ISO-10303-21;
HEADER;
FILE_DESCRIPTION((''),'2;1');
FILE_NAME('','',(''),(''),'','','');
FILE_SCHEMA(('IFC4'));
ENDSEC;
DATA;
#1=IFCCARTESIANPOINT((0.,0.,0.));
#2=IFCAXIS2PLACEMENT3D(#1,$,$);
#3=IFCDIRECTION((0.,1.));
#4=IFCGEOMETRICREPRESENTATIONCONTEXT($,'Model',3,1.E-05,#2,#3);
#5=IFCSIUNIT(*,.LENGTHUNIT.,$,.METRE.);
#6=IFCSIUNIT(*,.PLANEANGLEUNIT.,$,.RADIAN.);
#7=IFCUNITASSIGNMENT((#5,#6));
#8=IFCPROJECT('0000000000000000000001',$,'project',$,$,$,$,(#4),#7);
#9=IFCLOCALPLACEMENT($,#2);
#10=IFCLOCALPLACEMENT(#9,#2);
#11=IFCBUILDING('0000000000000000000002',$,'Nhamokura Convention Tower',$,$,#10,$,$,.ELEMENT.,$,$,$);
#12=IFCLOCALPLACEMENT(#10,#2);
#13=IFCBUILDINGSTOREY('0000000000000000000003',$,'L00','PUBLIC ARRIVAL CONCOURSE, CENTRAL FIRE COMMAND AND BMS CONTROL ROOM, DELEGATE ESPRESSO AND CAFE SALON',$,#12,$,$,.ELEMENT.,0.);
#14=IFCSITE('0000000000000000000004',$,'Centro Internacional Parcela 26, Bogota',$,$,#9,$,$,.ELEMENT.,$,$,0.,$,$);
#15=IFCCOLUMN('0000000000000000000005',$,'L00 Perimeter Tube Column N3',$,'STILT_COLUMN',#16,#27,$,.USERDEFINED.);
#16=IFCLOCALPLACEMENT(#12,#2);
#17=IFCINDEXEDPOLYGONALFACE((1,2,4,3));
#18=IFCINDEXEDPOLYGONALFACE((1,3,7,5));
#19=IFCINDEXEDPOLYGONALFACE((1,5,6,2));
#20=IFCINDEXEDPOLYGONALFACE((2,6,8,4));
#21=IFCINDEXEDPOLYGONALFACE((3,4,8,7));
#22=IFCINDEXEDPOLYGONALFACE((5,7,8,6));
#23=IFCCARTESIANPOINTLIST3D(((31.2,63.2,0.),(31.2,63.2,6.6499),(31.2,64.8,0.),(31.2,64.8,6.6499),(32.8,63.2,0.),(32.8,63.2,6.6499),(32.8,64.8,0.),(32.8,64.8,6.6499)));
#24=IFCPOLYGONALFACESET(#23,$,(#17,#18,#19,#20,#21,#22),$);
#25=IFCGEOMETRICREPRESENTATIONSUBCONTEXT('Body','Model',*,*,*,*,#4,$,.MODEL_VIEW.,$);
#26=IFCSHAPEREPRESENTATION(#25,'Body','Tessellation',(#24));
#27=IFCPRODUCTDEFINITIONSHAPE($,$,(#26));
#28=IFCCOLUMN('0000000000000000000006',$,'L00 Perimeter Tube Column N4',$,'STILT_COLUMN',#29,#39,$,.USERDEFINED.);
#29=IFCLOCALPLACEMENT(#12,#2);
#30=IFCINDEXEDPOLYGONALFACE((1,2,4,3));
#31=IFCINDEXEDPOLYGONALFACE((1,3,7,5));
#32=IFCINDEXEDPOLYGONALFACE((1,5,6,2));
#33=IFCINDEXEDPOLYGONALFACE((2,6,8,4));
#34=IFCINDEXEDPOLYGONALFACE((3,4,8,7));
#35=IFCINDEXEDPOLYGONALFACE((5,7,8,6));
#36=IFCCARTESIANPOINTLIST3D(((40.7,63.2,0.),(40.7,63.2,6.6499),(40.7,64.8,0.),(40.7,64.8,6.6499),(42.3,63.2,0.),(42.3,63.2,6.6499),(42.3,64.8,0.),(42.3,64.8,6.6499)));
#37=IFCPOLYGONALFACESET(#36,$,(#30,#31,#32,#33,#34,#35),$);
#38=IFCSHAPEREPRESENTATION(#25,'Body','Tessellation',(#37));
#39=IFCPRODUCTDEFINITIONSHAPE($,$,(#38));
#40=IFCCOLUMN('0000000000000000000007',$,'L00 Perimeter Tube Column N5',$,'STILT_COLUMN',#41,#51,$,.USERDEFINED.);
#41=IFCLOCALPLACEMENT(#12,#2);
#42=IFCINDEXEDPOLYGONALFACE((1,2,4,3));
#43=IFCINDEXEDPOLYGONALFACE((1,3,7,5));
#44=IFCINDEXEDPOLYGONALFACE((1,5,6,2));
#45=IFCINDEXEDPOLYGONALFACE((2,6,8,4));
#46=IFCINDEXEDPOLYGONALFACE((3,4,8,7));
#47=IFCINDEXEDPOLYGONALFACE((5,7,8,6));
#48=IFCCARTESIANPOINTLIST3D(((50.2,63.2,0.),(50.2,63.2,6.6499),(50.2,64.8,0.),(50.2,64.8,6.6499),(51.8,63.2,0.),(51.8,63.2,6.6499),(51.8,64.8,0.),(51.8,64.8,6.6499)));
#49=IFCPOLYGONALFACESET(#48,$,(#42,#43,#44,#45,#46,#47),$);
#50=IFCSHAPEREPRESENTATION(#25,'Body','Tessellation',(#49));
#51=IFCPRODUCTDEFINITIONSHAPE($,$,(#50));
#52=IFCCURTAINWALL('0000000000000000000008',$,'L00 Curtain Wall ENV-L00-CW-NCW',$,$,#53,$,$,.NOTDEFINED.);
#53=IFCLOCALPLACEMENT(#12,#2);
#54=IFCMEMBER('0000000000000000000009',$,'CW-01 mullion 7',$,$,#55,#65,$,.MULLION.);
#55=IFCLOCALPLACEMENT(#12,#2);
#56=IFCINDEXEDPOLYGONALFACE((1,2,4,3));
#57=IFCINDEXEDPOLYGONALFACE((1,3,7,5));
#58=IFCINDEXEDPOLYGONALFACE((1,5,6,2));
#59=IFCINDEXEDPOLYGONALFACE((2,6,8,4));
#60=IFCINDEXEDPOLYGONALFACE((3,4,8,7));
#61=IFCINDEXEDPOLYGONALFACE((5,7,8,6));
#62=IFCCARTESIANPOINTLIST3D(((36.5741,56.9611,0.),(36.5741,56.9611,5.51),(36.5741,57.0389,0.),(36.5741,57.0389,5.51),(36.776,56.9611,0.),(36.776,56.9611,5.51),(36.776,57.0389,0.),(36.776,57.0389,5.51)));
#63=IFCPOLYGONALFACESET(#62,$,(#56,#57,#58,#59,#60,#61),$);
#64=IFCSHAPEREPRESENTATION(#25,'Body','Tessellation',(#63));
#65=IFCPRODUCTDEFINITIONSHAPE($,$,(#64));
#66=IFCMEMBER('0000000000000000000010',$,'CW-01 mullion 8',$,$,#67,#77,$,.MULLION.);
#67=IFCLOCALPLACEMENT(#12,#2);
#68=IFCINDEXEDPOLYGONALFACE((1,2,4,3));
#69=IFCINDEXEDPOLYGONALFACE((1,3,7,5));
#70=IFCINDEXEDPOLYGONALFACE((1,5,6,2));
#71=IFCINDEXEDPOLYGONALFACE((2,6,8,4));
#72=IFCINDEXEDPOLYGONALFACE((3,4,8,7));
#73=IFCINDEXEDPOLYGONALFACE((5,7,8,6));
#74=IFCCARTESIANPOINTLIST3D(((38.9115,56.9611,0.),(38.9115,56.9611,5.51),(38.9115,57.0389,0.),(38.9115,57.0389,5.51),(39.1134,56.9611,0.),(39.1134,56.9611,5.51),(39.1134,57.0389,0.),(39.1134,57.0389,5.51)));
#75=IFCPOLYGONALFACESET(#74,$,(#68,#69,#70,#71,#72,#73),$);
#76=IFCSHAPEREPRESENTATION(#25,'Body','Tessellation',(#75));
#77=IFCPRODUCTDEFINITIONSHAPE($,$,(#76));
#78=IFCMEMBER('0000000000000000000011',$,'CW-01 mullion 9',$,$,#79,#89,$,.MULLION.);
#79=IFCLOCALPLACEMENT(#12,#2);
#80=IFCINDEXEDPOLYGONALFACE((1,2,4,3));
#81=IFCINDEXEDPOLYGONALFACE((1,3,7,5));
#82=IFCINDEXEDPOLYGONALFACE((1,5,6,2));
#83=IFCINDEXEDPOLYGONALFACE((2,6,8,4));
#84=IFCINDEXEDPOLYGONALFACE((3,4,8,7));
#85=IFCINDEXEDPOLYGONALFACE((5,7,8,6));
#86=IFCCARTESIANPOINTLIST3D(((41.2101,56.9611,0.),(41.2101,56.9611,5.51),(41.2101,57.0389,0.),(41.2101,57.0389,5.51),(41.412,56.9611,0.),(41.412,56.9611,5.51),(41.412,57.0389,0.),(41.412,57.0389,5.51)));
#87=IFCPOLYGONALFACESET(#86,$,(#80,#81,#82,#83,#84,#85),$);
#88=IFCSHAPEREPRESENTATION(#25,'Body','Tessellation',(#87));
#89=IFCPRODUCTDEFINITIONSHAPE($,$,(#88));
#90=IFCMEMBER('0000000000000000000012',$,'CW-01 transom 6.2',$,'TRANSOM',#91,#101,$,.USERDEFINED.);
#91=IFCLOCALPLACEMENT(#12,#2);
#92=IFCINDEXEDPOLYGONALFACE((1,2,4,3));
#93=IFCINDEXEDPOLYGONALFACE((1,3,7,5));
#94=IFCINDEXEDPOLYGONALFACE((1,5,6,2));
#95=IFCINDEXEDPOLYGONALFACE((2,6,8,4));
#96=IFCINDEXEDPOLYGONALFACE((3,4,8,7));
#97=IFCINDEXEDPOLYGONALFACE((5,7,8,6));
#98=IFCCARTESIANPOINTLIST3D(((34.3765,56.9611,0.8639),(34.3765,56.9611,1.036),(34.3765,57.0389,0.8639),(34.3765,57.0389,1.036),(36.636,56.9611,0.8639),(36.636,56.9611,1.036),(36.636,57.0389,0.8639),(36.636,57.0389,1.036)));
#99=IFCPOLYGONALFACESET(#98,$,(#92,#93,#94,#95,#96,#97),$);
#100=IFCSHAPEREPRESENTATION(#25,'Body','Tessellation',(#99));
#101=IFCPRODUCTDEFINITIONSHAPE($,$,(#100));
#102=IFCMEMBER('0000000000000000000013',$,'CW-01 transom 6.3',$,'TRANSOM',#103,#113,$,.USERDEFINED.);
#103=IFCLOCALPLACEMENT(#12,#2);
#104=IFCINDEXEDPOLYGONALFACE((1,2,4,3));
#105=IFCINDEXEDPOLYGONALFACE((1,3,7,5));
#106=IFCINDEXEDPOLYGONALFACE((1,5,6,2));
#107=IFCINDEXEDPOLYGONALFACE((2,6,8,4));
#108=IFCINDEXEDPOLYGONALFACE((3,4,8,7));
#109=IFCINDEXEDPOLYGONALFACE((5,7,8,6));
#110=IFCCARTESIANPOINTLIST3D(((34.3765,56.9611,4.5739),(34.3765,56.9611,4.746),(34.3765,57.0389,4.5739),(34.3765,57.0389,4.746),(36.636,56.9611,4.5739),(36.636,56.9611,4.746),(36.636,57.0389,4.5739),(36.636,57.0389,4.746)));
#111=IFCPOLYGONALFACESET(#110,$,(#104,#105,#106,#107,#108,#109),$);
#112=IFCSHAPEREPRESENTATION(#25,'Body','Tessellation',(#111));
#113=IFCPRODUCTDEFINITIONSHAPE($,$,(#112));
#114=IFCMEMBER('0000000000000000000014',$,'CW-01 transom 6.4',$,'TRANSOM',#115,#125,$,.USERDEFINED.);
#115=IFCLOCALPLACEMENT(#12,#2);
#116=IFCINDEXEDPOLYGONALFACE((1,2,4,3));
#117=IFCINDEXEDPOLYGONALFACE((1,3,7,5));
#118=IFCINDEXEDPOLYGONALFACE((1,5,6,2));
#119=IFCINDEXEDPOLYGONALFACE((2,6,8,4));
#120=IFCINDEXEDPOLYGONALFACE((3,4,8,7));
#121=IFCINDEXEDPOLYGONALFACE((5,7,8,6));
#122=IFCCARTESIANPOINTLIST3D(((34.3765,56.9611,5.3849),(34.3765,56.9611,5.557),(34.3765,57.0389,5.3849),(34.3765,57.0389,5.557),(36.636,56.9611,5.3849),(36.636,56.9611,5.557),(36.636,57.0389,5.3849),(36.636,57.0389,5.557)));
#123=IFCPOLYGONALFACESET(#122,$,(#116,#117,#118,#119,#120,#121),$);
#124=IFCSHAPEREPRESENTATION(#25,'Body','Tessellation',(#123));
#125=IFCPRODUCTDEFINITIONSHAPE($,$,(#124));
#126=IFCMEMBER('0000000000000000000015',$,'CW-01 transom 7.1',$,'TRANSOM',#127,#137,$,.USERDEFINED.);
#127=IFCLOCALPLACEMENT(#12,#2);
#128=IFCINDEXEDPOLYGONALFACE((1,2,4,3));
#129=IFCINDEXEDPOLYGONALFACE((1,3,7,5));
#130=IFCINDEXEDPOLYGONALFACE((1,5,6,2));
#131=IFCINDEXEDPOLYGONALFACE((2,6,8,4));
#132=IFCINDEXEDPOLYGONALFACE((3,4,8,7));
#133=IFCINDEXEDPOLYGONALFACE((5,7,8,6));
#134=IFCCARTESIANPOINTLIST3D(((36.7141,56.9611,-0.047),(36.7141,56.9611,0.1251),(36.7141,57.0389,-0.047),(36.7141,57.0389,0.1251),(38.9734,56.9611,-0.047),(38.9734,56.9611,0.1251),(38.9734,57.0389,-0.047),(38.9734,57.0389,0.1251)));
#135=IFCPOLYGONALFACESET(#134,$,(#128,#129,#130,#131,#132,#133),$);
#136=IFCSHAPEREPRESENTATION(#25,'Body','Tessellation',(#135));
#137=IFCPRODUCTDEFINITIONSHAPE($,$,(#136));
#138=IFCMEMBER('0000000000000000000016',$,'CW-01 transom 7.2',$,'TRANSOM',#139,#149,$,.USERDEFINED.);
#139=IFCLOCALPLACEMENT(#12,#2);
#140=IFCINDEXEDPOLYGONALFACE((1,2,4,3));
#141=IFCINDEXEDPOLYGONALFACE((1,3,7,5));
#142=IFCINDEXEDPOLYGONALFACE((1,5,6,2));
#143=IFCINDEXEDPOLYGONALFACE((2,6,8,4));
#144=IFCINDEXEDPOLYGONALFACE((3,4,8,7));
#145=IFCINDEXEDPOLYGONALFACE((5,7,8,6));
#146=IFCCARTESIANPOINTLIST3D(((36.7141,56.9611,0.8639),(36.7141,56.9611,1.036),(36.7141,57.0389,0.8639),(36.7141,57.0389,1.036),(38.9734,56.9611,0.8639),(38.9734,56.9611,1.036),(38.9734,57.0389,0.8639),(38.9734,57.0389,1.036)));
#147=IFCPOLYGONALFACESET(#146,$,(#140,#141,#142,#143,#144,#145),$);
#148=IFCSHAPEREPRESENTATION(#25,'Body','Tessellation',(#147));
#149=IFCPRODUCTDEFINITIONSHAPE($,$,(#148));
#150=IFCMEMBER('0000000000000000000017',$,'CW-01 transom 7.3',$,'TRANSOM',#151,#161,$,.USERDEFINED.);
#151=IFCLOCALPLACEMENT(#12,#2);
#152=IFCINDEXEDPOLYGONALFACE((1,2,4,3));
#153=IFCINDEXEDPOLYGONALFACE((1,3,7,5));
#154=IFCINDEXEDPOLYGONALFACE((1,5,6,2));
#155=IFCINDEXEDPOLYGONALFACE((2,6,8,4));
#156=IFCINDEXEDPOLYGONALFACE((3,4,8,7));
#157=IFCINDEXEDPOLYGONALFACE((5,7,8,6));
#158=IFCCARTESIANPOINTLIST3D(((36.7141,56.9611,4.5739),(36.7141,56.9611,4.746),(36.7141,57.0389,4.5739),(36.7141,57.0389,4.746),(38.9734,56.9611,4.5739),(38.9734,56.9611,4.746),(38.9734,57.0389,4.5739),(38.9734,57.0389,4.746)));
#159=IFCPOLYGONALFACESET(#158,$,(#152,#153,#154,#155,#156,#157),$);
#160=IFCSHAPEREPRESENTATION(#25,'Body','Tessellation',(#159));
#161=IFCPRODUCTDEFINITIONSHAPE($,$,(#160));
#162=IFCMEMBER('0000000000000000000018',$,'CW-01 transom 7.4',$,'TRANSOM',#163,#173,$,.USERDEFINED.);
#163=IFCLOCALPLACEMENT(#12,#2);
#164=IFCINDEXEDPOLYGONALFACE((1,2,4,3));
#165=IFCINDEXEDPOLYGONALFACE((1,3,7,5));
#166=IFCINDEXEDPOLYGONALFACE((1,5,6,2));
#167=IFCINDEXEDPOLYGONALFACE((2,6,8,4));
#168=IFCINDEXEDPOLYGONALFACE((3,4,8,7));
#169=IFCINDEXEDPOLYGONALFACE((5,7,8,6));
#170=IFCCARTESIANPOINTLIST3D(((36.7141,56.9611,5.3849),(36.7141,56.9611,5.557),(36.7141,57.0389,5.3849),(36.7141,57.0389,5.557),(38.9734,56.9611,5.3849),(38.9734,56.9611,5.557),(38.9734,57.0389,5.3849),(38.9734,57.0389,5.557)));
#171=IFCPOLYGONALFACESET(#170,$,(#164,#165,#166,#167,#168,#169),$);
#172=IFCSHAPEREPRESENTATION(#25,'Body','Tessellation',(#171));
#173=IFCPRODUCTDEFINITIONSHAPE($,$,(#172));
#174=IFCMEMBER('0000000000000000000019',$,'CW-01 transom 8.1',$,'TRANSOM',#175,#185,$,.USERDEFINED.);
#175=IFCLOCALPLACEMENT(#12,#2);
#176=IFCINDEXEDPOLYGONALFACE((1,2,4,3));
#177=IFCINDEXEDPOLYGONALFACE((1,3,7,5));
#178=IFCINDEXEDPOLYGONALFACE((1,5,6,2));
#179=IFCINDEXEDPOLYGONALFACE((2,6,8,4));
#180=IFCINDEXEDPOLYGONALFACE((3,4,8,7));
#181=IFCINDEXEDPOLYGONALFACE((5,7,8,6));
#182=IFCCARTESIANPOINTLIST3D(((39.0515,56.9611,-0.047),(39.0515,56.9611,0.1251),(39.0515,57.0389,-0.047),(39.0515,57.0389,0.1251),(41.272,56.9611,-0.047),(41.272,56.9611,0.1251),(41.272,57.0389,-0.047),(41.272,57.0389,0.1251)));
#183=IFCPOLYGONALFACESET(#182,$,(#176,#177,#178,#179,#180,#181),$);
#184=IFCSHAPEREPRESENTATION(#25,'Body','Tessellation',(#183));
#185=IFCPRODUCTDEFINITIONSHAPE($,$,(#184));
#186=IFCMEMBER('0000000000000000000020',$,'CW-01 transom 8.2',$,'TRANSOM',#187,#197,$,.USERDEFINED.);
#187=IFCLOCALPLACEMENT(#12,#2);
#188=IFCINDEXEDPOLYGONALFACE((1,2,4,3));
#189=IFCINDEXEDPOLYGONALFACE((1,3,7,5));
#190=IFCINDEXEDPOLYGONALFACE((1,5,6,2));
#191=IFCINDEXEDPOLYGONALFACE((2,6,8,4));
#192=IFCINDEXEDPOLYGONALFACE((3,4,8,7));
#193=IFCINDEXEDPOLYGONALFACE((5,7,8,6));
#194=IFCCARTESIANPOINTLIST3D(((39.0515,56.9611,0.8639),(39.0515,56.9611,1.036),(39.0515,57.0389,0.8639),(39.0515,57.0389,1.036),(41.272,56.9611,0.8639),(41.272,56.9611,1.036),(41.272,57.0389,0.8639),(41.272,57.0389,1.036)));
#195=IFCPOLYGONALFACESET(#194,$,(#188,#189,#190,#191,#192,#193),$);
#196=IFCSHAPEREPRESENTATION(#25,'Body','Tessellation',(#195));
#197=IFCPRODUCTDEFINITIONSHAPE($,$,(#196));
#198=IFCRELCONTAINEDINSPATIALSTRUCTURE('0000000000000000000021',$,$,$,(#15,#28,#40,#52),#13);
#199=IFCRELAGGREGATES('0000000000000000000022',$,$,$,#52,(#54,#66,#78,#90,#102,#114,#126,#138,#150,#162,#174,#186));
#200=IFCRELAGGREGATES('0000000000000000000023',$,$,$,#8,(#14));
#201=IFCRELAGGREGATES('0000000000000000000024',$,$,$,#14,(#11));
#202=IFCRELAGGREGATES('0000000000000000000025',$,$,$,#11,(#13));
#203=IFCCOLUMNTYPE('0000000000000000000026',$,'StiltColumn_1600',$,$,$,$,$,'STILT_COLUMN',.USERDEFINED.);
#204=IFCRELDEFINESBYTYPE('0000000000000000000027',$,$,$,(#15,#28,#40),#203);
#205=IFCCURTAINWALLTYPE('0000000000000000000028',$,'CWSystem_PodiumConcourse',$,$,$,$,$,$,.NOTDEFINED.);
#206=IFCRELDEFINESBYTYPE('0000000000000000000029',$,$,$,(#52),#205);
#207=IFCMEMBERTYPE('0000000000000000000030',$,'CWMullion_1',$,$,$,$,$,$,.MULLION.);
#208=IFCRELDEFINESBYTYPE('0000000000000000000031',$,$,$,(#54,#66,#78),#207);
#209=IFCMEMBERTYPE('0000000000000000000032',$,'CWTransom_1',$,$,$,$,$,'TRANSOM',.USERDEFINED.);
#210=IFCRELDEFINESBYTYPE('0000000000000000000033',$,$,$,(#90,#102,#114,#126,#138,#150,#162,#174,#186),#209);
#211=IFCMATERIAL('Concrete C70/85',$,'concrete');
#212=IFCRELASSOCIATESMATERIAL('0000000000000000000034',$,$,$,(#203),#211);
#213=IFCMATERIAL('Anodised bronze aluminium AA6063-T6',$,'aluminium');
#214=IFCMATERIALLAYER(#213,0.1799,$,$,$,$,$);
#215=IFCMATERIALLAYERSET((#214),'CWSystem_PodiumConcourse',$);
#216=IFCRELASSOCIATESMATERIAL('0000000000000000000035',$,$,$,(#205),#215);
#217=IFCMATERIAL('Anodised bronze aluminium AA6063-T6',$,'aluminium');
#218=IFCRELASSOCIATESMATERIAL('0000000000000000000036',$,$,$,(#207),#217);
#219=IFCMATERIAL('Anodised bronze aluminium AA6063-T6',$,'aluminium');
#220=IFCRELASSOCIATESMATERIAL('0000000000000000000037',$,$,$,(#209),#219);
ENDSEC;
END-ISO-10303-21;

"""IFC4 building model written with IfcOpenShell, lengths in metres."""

from ifc_helpers import new_model, si_unit, direction, frame, origin, origin_2d, place, context, subcontext, project, spatial, rectangle, extrude, material, layer, layer_set, material_profile, profile_set, type_object, element, aggregate, save


model = new_model("IFC4")

# Units and contexts
model_context = context("Model", 3, precision=1e-05, world=origin(), true_north=direction((0.0, 1.0)))
body_context = subcontext(model_context, "Body", "Model", "MODEL_VIEW")
ifc_project = project(units=[si_unit("LENGTHUNIT", "METRE"), si_unit("PLANEANGLEUNIT", "RADIAN")], contexts=[model_context])

# Site, building, storey
site_placement = place(None, origin())
site = spatial("IfcSite", under=ifc_project, at=site_placement, Name="Centro Internacional Parcela 26, Bogota", CompositionType="ELEMENT", RefElevation=0.0)
building_placement = place(site_placement, origin())
building = spatial("IfcBuilding", under=site, at=building_placement, Name="Nhamokura Convention Tower", CompositionType="ELEMENT")
storey_placement = place(building_placement, origin())
storey = spatial("IfcBuildingStorey", under=building, at=storey_placement, Name="L00", Description="PUBLIC ARRIVAL CONCOURSE, CENTRAL FIRE COMMAND AND BMS CONTROL ROOM, DELEGATE ESPRESSO AND CAFE SALON", CompositionType="ELEMENT", Elevation=0.0)

# Columns
ifc_material_1 = material(Name="Concrete C70/85", Category="concrete")
ifc_material_profile_1 = material_profile(ifc_material_1, rectangle(XDim=1.6001, YDim=1.6001, at=origin_2d()))
ifc_profile_set_1 = profile_set([ifc_material_profile_1], Name="Concrete C70/85")
column_type = type_object("IfcColumnType", Name="StiltColumn_1600", ElementType="STILT_COLUMN", PredefinedType="USERDEFINED", material=ifc_profile_set_1)
for number, where, z_axis, x_axis, name in (
    (1, (32.0, 64.0, 0.0), (0.0, 0.0, 1.0), (1.0, 0.0, 0.0), "L00 Perimeter Tube Column N3"),
    (2, (41.5, 64.0, 0.0), (0.0, 0.0, 1.0), (1.0, 0.0, 0.0), "L00 Perimeter Tube Column N4"),
    (3, (51.0, 64.0, 0.0), (0.0, 0.0, 1.0), (1.0, 0.0, 0.0), "L00 Perimeter Tube Column N5"),
):
    element("IfcColumn", number, at=place(storey_placement, frame(where, z_axis=z_axis, x_axis=x_axis)), inside=storey, type_object=column_type, Name=name, ObjectType="STILT_COLUMN", PredefinedType="USERDEFINED", context=body_context, shape_type="SweptSolid", body=[
        extrude(rectangle(XDim=1.6001, YDim=1.6001, at=origin_2d()), origin(), (0.0, 0.0, 1.0), 6.6499),
    ])

# Curtain wall, members
ifc_material_2 = material(Name="Anodised bronze aluminium AA6063-T6", Category="aluminium")
ifc_layer_1 = layer(ifc_material_2, 0.1799)
ifc_layer_set_1 = layer_set([ifc_layer_1], Name="CWSystem_PodiumConcourse")
curtain_wall_type = type_object("IfcCurtainWallType", Name="CWSystem_PodiumConcourse", PredefinedType="NOTDEFINED", material=ifc_layer_set_1)
curtain_wall_placement = place(storey_placement, origin())
curtain_wall = element("IfcCurtainWall", 4, at=curtain_wall_placement, inside=storey, type_object=curtain_wall_type, Name="L00 Curtain Wall ENV-L00-CW-NCW", PredefinedType="NOTDEFINED")
ifc_material_3 = material(Name="Anodised bronze aluminium AA6063-T6", Category="aluminium")
ifc_material_profile_2 = material_profile(ifc_material_3, rectangle(XDim=0.0779, YDim=0.2019, at=origin_2d()))
ifc_profile_set_2 = profile_set([ifc_material_profile_2], Name="Anodised bronze aluminium AA6063-T6")
member_type_1 = type_object("IfcMemberType", Name="CWMullion_1", PredefinedType="MULLION", material=ifc_profile_set_2)
member_1_placement = place(storey_placement, frame((36.675, 57.0, 0.0), z_axis=(0.0, 0.0, 1.0), x_axis=(0.0, 1.0, 0.0)))
member_1 = element("IfcMember", 5, at=member_1_placement, type_object=member_type_1, Name="CW-01 mullion 7", PredefinedType="MULLION", context=body_context, shape_type="SweptSolid", body=[
    extrude(rectangle(XDim=0.0779, YDim=0.2019, at=origin_2d()), origin(), (0.0, 0.0, 1.0), 5.51),
])
member_2_placement = place(storey_placement, frame((39.0125, 57.0, 0.0), z_axis=(0.0, 0.0, 1.0), x_axis=(0.0, 1.0, 0.0)))
member_2 = element("IfcMember", 6, at=member_2_placement, type_object=member_type_1, Name="CW-01 mullion 8", PredefinedType="MULLION", context=body_context, shape_type="SweptSolid", body=[
    extrude(rectangle(XDim=0.0779, YDim=0.2019, at=origin_2d()), origin(), (0.0, 0.0, 1.0), 5.51),
])
member_3_placement = place(storey_placement, frame((41.311, 57.0, 0.0), z_axis=(0.0, 0.0, 1.0), x_axis=(0.0, 1.0, 0.0)))
member_3 = element("IfcMember", 7, at=member_3_placement, type_object=member_type_1, Name="CW-01 mullion 9", PredefinedType="MULLION", context=body_context, shape_type="SweptSolid", body=[
    extrude(rectangle(XDim=0.0779, YDim=0.2019, at=origin_2d()), origin(), (0.0, 0.0, 1.0), 5.51),
])
ifc_material_4 = material(Name="Anodised bronze aluminium AA6063-T6", Category="aluminium")
ifc_material_profile_3 = material_profile(ifc_material_4, rectangle(XDim=0.0779, YDim=0.1721, at=origin_2d()))
ifc_profile_set_3 = profile_set([ifc_material_profile_3], Name="Anodised bronze aluminium AA6063-T6")
member_type_2 = type_object("IfcMemberType", Name="CWTransom_1", ElementType="TRANSOM", PredefinedType="USERDEFINED", material=ifc_profile_set_3)
member_4_placement = place(storey_placement, frame((34.3765, 57.0, 0.95), z_axis=(1.0, 0.0, 0.0), x_axis=(0.0, 1.0, 0.0)))
member_4 = element("IfcMember", 8, at=member_4_placement, type_object=member_type_2, Name="CW-01 transom 6.2", ObjectType="TRANSOM", PredefinedType="USERDEFINED", context=body_context, shape_type="SweptSolid", body=[
    extrude(rectangle(XDim=0.0779, YDim=0.1721, at=origin_2d()), origin(), (0.0, 0.0, 1.0), 2.2595),
])
member_5_placement = place(storey_placement, frame((34.3765, 57.0, 4.6599), z_axis=(1.0, 0.0, 0.0), x_axis=(0.0, 1.0, 0.0)))
member_5 = element("IfcMember", 9, at=member_5_placement, type_object=member_type_2, Name="CW-01 transom 6.3", ObjectType="TRANSOM", PredefinedType="USERDEFINED", context=body_context, shape_type="SweptSolid", body=[
    extrude(rectangle(XDim=0.0779, YDim=0.1721, at=origin_2d()), origin(), (0.0, 0.0, 1.0), 2.2595),
])
member_6_placement = place(storey_placement, frame((34.3765, 57.0, 5.4709), z_axis=(1.0, 0.0, 0.0), x_axis=(0.0, 1.0, 0.0)))
member_6 = element("IfcMember", 10, at=member_6_placement, type_object=member_type_2, Name="CW-01 transom 6.4", ObjectType="TRANSOM", PredefinedType="USERDEFINED", context=body_context, shape_type="SweptSolid", body=[
    extrude(rectangle(XDim=0.0779, YDim=0.1721, at=origin_2d()), origin(), (0.0, 0.0, 1.0), 2.2595),
])
member_7_placement = place(storey_placement, frame((36.7141, 57.0, 0.0391), z_axis=(1.0, 0.0, 0.0), x_axis=(0.0, 1.0, 0.0)))
member_7 = element("IfcMember", 11, at=member_7_placement, type_object=member_type_2, Name="CW-01 transom 7.1", ObjectType="TRANSOM", PredefinedType="USERDEFINED", context=body_context, shape_type="SweptSolid", body=[
    extrude(rectangle(XDim=0.0779, YDim=0.1721, at=origin_2d()), origin(), (0.0, 0.0, 1.0), 2.2593),
])
member_8_placement = place(storey_placement, frame((36.7141, 57.0, 0.95), z_axis=(1.0, 0.0, 0.0), x_axis=(0.0, 1.0, 0.0)))
member_8 = element("IfcMember", 12, at=member_8_placement, type_object=member_type_2, Name="CW-01 transom 7.2", ObjectType="TRANSOM", PredefinedType="USERDEFINED", context=body_context, shape_type="SweptSolid", body=[
    extrude(rectangle(XDim=0.0779, YDim=0.1721, at=origin_2d()), origin(), (0.0, 0.0, 1.0), 2.2593),
])
member_9_placement = place(storey_placement, frame((36.7141, 57.0, 4.6599), z_axis=(1.0, 0.0, 0.0), x_axis=(0.0, 1.0, 0.0)))
member_9 = element("IfcMember", 13, at=member_9_placement, type_object=member_type_2, Name="CW-01 transom 7.3", ObjectType="TRANSOM", PredefinedType="USERDEFINED", context=body_context, shape_type="SweptSolid", body=[
    extrude(rectangle(XDim=0.0779, YDim=0.1721, at=origin_2d()), origin(), (0.0, 0.0, 1.0), 2.2593),
])
member_10_placement = place(storey_placement, frame((36.7141, 57.0, 5.4709), z_axis=(1.0, 0.0, 0.0), x_axis=(0.0, 1.0, 0.0)))
member_10 = element("IfcMember", 14, at=member_10_placement, type_object=member_type_2, Name="CW-01 transom 7.4", ObjectType="TRANSOM", PredefinedType="USERDEFINED", context=body_context, shape_type="SweptSolid", body=[
    extrude(rectangle(XDim=0.0779, YDim=0.1721, at=origin_2d()), origin(), (0.0, 0.0, 1.0), 2.2593),
])
member_11_placement = place(storey_placement, frame((39.0515, 57.0, 0.0391), z_axis=(1.0, 0.0, 0.0), x_axis=(0.0, 1.0, 0.0)))
member_11 = element("IfcMember", 15, at=member_11_placement, type_object=member_type_2, Name="CW-01 transom 8.1", ObjectType="TRANSOM", PredefinedType="USERDEFINED", context=body_context, shape_type="SweptSolid", body=[
    extrude(rectangle(XDim=0.0779, YDim=0.1721, at=origin_2d()), origin(), (0.0, 0.0, 1.0), 2.2205),
])
member_12_placement = place(storey_placement, frame((39.0515, 57.0, 0.95), z_axis=(1.0, 0.0, 0.0), x_axis=(0.0, 1.0, 0.0)))
member_12 = element("IfcMember", 16, at=member_12_placement, type_object=member_type_2, Name="CW-01 transom 8.2", ObjectType="TRANSOM", PredefinedType="USERDEFINED", context=body_context, shape_type="SweptSolid", body=[
    extrude(rectangle(XDim=0.0779, YDim=0.1721, at=origin_2d()), origin(), (0.0, 0.0, 1.0), 2.2205),
])

aggregate(curtain_wall, [member_1, member_2, member_3, member_4, member_5, member_6, member_7, member_8, member_9, member_10, member_11, member_12])

save(model, "model.ifc")
